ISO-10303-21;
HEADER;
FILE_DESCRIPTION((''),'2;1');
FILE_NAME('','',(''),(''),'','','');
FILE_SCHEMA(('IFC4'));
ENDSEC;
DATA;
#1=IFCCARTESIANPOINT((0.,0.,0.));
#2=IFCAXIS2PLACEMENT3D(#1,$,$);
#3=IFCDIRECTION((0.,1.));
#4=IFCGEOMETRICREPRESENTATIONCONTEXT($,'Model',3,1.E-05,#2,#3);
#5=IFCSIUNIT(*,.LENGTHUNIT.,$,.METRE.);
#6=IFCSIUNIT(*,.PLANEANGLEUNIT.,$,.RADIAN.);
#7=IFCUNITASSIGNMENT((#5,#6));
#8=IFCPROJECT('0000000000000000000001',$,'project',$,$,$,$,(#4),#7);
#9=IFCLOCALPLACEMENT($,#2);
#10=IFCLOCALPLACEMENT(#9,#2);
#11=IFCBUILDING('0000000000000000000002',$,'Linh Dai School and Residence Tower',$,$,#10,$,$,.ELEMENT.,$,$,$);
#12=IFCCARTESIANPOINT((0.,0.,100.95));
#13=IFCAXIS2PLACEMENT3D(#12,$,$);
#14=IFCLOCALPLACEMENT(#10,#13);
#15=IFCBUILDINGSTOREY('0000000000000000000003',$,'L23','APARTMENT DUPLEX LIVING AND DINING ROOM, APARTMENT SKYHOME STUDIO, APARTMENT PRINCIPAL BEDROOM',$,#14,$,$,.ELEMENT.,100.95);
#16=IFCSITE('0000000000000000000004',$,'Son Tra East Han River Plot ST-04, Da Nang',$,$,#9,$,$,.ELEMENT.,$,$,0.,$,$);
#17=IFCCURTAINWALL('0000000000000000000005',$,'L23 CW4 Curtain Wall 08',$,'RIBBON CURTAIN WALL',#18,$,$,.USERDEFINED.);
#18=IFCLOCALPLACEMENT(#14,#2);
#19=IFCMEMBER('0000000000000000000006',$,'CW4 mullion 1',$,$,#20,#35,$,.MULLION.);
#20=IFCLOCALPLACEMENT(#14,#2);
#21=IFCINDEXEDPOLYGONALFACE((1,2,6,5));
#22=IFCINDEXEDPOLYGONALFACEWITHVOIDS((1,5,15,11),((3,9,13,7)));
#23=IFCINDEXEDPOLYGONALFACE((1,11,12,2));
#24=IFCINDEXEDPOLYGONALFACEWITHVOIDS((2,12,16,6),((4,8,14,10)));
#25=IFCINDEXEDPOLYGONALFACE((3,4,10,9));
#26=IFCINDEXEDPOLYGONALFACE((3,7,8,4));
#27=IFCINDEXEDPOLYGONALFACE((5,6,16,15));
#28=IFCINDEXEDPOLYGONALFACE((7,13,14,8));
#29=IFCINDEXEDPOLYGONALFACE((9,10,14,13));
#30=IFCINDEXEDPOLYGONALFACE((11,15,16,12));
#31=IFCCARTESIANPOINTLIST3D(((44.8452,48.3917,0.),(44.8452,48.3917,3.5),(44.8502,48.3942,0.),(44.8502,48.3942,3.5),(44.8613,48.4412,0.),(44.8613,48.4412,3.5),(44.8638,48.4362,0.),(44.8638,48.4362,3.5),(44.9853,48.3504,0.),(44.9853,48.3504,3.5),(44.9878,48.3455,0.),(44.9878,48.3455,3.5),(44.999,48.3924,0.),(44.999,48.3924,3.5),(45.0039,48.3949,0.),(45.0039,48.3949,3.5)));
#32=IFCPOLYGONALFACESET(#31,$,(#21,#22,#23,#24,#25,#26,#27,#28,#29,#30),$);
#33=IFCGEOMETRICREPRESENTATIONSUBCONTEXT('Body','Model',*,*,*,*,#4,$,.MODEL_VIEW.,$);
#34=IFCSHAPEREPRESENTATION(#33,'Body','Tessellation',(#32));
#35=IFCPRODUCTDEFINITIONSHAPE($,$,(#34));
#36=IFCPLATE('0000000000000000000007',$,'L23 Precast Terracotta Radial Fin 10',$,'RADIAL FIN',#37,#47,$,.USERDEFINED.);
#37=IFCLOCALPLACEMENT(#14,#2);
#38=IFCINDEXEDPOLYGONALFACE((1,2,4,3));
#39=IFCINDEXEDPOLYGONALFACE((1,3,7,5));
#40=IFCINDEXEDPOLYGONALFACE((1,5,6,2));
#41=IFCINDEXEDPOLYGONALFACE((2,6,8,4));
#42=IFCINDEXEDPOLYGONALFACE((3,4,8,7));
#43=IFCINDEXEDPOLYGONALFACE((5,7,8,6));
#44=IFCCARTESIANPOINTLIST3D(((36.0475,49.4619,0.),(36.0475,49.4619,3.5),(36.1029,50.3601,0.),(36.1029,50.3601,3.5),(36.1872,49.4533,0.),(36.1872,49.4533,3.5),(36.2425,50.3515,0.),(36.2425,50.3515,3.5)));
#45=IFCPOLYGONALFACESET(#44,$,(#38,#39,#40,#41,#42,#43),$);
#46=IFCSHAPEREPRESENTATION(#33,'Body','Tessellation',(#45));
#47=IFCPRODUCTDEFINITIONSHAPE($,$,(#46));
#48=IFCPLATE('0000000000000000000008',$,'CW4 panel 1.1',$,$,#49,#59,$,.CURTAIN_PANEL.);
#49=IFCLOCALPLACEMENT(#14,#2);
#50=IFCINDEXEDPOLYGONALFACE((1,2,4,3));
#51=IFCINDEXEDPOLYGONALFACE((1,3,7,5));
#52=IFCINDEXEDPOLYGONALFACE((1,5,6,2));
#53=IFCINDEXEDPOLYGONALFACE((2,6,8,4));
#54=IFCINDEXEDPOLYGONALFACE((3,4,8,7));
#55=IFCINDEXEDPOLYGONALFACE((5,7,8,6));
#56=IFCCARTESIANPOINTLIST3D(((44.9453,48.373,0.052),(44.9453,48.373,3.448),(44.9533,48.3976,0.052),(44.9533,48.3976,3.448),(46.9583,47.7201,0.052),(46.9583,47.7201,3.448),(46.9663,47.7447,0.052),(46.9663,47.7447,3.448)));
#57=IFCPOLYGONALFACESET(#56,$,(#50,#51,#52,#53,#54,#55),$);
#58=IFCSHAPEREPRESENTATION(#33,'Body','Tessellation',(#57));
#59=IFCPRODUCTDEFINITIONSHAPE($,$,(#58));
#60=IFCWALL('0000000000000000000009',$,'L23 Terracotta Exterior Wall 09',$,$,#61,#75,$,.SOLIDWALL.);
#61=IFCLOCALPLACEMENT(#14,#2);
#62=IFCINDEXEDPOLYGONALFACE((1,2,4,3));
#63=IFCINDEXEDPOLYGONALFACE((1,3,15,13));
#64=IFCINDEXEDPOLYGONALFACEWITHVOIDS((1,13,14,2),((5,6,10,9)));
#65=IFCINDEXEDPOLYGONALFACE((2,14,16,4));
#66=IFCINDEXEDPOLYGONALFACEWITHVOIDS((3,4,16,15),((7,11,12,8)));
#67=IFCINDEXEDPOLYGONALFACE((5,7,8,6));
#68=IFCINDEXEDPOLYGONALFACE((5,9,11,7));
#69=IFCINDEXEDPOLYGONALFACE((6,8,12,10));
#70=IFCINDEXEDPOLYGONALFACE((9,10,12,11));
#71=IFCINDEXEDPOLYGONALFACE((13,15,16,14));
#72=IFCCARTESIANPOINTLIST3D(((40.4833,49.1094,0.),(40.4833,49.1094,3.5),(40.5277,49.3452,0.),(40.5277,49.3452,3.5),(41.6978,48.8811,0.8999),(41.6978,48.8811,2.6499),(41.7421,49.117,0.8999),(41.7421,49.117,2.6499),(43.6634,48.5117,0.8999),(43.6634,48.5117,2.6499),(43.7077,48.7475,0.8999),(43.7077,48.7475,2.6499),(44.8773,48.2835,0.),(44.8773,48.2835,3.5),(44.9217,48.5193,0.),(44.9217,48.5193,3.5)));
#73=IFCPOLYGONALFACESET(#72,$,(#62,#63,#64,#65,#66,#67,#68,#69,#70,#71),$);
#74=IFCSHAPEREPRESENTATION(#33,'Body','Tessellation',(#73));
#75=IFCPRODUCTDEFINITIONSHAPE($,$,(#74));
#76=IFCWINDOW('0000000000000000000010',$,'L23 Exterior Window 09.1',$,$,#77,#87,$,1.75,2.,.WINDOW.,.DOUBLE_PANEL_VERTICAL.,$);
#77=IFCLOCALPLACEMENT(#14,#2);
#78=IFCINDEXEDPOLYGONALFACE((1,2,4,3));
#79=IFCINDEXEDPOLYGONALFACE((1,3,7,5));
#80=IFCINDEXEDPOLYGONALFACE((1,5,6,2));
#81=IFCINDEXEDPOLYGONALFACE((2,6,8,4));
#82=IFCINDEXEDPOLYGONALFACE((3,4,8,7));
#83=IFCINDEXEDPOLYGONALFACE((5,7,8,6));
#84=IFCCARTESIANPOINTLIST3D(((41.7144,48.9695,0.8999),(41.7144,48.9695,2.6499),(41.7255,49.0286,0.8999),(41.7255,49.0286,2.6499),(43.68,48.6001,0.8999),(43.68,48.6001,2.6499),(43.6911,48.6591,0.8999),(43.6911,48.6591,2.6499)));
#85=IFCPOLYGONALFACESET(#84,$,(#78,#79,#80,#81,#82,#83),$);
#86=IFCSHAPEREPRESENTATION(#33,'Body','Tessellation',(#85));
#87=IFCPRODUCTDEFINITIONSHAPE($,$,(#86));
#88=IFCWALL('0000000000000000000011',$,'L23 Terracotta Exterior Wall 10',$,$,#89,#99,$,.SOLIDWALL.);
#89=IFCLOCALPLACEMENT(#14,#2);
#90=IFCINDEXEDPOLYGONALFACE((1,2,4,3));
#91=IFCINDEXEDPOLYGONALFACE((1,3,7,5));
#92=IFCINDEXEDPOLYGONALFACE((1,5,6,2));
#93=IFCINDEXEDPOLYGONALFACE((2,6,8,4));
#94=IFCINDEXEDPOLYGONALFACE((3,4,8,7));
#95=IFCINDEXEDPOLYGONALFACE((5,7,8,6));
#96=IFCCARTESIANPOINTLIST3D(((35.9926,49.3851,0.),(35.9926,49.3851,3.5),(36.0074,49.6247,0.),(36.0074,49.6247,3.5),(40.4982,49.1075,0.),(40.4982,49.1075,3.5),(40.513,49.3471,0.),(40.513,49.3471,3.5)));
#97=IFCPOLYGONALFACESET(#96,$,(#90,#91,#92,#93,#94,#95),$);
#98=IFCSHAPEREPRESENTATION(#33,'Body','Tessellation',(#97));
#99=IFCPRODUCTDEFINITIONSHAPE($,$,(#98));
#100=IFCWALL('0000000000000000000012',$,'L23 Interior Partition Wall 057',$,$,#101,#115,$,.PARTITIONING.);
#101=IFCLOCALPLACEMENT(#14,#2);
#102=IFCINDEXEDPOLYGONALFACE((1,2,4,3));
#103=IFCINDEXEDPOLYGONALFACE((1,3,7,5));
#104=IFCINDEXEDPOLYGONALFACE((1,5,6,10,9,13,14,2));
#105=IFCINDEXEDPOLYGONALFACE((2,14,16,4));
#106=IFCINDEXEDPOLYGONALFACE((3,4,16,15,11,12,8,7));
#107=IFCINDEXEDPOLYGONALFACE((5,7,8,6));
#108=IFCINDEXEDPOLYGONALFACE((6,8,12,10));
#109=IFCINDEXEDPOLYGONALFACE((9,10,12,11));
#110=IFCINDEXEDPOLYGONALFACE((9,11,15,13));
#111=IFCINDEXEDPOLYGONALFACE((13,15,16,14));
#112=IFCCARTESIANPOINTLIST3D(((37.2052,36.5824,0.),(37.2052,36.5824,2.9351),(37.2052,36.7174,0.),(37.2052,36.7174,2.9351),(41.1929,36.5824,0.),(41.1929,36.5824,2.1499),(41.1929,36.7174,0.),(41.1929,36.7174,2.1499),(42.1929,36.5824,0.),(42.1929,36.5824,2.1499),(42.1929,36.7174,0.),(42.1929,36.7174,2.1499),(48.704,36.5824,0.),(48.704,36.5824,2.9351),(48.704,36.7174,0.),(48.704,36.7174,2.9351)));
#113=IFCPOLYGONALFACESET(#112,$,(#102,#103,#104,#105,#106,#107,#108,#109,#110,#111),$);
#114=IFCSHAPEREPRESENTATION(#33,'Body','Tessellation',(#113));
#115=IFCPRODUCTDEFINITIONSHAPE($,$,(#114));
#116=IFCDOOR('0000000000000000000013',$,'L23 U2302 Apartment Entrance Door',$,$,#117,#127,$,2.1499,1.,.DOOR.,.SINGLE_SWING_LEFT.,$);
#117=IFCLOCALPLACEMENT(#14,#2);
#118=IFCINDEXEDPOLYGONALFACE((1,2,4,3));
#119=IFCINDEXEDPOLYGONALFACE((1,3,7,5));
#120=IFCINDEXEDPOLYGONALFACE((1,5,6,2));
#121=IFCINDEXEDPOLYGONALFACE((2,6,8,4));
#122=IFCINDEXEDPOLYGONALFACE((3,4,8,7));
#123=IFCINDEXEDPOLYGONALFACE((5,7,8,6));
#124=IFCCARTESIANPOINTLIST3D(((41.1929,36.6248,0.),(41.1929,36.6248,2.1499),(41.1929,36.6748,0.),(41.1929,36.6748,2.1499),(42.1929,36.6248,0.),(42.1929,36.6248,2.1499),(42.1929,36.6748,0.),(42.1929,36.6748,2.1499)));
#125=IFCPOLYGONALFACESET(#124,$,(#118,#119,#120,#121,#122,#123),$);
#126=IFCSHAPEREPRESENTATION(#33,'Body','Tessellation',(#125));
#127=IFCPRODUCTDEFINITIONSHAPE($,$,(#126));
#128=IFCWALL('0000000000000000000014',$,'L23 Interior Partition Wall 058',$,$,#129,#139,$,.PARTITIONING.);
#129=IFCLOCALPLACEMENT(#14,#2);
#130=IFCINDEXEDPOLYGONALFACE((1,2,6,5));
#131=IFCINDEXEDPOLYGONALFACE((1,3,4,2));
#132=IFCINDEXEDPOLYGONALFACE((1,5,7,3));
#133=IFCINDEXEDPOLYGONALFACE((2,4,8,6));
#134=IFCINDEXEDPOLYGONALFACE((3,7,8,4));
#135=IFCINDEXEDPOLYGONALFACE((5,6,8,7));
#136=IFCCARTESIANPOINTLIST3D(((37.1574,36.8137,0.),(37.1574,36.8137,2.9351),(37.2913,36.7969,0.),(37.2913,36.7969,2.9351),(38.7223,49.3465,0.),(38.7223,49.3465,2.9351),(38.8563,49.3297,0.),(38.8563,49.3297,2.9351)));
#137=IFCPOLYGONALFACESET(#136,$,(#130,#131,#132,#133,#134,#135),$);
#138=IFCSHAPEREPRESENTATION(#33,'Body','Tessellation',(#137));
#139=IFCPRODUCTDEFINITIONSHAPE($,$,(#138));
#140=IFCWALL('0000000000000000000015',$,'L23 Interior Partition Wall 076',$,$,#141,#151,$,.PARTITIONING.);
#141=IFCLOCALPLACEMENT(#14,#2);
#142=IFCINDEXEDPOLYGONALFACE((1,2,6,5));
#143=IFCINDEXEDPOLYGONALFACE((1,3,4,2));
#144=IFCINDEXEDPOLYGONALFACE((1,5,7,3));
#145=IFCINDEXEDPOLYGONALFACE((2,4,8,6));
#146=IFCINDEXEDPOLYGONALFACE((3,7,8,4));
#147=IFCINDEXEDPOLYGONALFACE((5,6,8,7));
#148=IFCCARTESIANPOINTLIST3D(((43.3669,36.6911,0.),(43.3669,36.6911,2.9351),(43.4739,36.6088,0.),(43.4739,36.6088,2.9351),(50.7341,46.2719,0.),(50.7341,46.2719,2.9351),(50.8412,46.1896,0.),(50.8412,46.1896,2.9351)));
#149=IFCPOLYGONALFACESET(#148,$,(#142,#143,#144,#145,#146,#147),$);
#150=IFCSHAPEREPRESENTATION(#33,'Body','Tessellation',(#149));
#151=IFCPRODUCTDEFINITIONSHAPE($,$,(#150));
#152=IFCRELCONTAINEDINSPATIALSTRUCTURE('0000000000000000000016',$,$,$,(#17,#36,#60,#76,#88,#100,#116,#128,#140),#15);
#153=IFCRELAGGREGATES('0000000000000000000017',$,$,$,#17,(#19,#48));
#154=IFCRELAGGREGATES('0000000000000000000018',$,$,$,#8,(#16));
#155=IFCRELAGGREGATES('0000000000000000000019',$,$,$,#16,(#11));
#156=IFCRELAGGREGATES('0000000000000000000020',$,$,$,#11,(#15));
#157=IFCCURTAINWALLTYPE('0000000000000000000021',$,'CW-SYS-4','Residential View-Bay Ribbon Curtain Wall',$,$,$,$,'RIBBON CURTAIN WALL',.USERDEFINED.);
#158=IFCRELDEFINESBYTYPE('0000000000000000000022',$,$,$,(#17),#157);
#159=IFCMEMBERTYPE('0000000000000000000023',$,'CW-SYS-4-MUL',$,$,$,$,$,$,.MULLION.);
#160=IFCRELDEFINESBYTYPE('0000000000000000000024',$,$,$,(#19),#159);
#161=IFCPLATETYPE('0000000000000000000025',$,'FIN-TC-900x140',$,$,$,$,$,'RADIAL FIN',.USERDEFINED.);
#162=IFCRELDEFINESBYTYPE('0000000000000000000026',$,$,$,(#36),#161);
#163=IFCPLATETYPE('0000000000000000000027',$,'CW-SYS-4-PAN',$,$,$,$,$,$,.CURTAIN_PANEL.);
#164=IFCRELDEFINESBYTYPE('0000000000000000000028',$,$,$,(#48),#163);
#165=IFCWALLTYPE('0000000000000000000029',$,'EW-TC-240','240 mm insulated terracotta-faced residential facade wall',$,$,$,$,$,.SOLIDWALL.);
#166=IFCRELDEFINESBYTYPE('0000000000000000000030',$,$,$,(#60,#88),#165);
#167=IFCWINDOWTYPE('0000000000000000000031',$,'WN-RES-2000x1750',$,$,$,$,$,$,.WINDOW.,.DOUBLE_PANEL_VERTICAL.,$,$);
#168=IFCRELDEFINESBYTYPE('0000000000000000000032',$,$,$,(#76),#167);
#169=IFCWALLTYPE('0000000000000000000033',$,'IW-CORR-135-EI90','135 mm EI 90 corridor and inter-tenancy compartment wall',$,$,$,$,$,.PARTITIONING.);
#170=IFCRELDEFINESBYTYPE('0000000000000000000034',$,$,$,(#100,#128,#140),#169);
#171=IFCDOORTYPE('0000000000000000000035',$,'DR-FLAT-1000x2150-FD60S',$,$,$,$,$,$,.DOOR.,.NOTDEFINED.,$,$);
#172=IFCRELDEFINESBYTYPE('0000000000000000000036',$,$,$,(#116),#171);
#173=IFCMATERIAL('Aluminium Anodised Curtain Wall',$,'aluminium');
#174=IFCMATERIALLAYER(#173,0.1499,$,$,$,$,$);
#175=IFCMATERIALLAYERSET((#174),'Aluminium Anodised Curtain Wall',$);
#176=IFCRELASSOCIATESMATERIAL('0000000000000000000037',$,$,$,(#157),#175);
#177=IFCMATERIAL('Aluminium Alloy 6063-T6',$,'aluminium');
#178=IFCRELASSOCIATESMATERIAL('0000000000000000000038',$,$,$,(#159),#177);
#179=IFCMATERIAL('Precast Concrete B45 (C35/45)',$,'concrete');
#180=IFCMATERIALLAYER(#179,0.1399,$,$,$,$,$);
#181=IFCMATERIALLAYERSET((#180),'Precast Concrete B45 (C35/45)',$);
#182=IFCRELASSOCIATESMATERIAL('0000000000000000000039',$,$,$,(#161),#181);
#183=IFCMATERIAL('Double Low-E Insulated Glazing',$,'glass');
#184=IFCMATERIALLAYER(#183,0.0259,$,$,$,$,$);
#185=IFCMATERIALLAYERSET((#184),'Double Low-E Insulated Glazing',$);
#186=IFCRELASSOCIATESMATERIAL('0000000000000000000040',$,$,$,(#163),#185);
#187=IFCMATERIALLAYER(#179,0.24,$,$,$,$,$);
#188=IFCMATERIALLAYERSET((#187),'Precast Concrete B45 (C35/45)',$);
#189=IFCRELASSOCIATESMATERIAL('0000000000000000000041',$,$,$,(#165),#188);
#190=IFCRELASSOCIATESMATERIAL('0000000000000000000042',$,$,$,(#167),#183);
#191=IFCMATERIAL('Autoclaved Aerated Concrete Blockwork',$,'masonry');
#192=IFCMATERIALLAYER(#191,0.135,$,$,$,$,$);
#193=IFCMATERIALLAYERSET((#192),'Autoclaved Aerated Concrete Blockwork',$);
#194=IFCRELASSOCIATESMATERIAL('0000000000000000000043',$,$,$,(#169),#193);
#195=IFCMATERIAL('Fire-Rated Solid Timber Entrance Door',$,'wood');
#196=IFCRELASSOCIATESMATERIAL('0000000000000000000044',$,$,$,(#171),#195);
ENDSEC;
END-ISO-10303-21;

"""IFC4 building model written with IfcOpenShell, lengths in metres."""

from ifc_helpers import new_model, si_unit, direction, frame, frame_2d, origin, origin_2d, place, context, subcontext, project, spatial, rectangle, hollow_rectangle, extrude, source, transform, mapped, material, layer, layer_set, material_profile, profile_set, type_object, element, fill, aggregate, save


model = new_model("IFC4")

# Units and contexts
model_context = context("Model", 3, precision=1e-05, world=origin(), true_north=direction((0.0, 1.0)))
body_context = subcontext(model_context, "Body", "Model", "MODEL_VIEW")
ifc_project = project(units=[si_unit("LENGTHUNIT", "METRE"), si_unit("PLANEANGLEUNIT", "RADIAN")], contexts=[model_context])

# Site, building, storey
site_placement = place(None, origin())
site = spatial("IfcSite", under=ifc_project, at=site_placement, Name="Son Tra East Han River Plot ST-04, Da Nang", CompositionType="ELEMENT", RefElevation=0.0)
building_placement = place(site_placement, origin())
building = spatial("IfcBuilding", under=site, at=building_placement, Name="Linh Dai School and Residence Tower", CompositionType="ELEMENT")
storey_placement = place(building_placement, frame((0.0, 0.0, 100.95)))
storey = spatial("IfcBuildingStorey", under=building, at=storey_placement, Name="L23", Description="APARTMENT DUPLEX LIVING AND DINING ROOM, APARTMENT SKYHOME STUDIO, APARTMENT PRINCIPAL BEDROOM", CompositionType="ELEMENT", Elevation=100.95)

# Curtain wall, member
ifc_material_1 = material(Name="Aluminium Anodised Curtain Wall", Category="aluminium")
ifc_layer_1 = layer(ifc_material_1, 0.1499)
ifc_layer_set_1 = layer_set([ifc_layer_1], Name="Aluminium Anodised Curtain Wall")
curtain_wall_type = type_object("IfcCurtainWallType", Name="CW-SYS-4", Description="Residential View-Bay Ribbon Curtain Wall", ElementType="RIBBON CURTAIN WALL", PredefinedType="USERDEFINED", material=ifc_layer_set_1)
curtain_wall_placement = place(storey_placement, origin())
curtain_wall = element("IfcCurtainWall", 1, at=curtain_wall_placement, inside=storey, type_object=curtain_wall_type, Name="L23 CW4 Curtain Wall 08", ObjectType="RIBBON CURTAIN WALL", PredefinedType="USERDEFINED")
ifc_material_2 = material(Name="Aluminium Alloy 6063-T6", Category="aluminium")
ifc_material_profile_1 = material_profile(ifc_material_2, hollow_rectangle(XDim=0.052, YDim=0.1499, WallThickness=0.0039, at=origin_2d()), Name="RHS 150x52x4")
ifc_profile_set_1 = profile_set([ifc_material_profile_1], Name="Aluminium Alloy 6063-T6")
member_type_1 = type_object("IfcMemberType", Name="CW-SYS-4-MUL", PredefinedType="MULLION", material=ifc_profile_set_1)
shared_shape_1 = source(origin(), body_context, "Body", "SweptSolid", [
    extrude(hollow_rectangle(XDim=0.052, YDim=0.1499, WallThickness=0.0039, at=origin_2d()), origin(), (0.0, 0.0, 1.0), 3.5),
])
member_1_placement = place(storey_placement, frame((44.9246, 48.3933, 0.0), z_axis=(0.0, 0.0, 1.0), x_axis=(0.308522, 0.951217, 0.0)))
member_1 = element("IfcMember", 2, at=member_1_placement, type_object=member_type_1, Name="CW4 mullion 1", PredefinedType="MULLION", context=body_context, shape_type="MappedRepresentation", body=[
    mapped(shared_shape_1, transform((0.0, 0.0, 0.0), x_axis=(1.0, 0.0, 0.0), y_axis=(0.0, 1.0, 0.0), z_axis=(0.0, 0.0, 1.0), scale=1.0)),
])

# Plates
ifc_material_3 = material(Name="Precast Concrete B45 (C35/45)", Category="concrete")
ifc_layer_2 = layer(ifc_material_3, 0.1399)
ifc_layer_set_2 = layer_set([ifc_layer_2], Name="Precast Concrete B45 (C35/45)")
plate_type_1 = type_object("IfcPlateType", Name="FIN-TC-900x140", ElementType="RADIAL FIN", PredefinedType="USERDEFINED", material=ifc_layer_set_2)
shared_shape_2 = source(origin(), body_context, "Body", "SweptSolid", [
    extrude(rectangle(XDim=0.8999, YDim=0.1399, at=origin_2d()), origin(), (0.0, 0.0, 1.0), 3.5),
])
plate_1_placement = place(storey_placement, frame((36.145, 49.9067, 0.0), z_axis=(0.0, 0.0, 1.0), x_axis=(0.061509, 0.998107, 0.0)))
element("IfcPlate", 3, at=plate_1_placement, inside=storey, type_object=plate_type_1, Name="L23 Precast Terracotta Radial Fin 10", ObjectType="RADIAL FIN", PredefinedType="USERDEFINED", context=body_context, shape_type="MappedRepresentation", body=[
    mapped(shared_shape_2, transform((0.0, 0.0, 0.0), x_axis=(1.0, 0.0, 0.0), y_axis=(0.0, 1.0, 0.0), z_axis=(0.0, 0.0, 1.0), scale=1.0)),
])
ifc_material_4 = material(Name="Double Low-E Insulated Glazing", Category="glass")
ifc_layer_3 = layer(ifc_material_4, 0.0259)
ifc_layer_set_3 = layer_set([ifc_layer_3], Name="Double Low-E Insulated Glazing")
plate_type_2 = type_object("IfcPlateType", Name="CW-SYS-4-PAN", PredefinedType="CURTAIN_PANEL", material=ifc_layer_set_3)
shared_shape_3 = source(origin(), body_context, "Body", "SweptSolid", [
    extrude(rectangle(XDim=2.1162, YDim=0.0259, at=origin_2d()), origin(), (0.0, 0.0, 1.0), 3.396),
])
plate_2_placement = place(storey_placement, frame((45.9558, 48.0588, 0.052), z_axis=(0.0, 0.0, 1.0), x_axis=(0.951217, -0.308522, 0.0)))
plate_2 = element("IfcPlate", 4, at=plate_2_placement, type_object=plate_type_2, Name="CW4 panel 1.1", PredefinedType="CURTAIN_PANEL", context=body_context, shape_type="MappedRepresentation", body=[
    mapped(shared_shape_3, transform((0.0, 0.0, 0.0), x_axis=(1.0, 0.0, 0.0), y_axis=(0.0, 1.0, 0.0), z_axis=(0.0, 0.0, 1.0), scale=1.0)),
])
aggregate(curtain_wall, [member_1, plate_2])

# Wall, opening, window
ifc_layer_4 = layer(ifc_material_3, 0.24)
ifc_layer_set_4 = layer_set([ifc_layer_4], Name="Precast Concrete B45 (C35/45)")
wall_type_1 = type_object("IfcWallType", Name="EW-TC-240", Description="240 mm insulated terracotta-faced residential facade wall", PredefinedType="SOLIDWALL", material=ifc_layer_set_4)
wall_1_placement = place(storey_placement, frame((40.5056, 49.2273, 0.0), z_axis=(0.0, 0.0, 1.0), x_axis=(0.982789, -0.18473, 0.0)))
wall_1 = element("IfcWall", 5, at=wall_1_placement, inside=storey, type_object=wall_type_1, Name="L23 Terracotta Exterior Wall 09", PredefinedType="SOLIDWALL", context=body_context, shape_type="SweptSolid", body=[
    extrude(rectangle(XDim=4.4709, YDim=0.24, at=frame_2d((2.2354, 0.0))), origin(), (0.0, 0.0, 1.0), 3.5),
])
opening_1_placement = place(wall_1_placement, frame((1.2356, 0.0, 0.8999)))
opening_1 = element("IfcOpeningElement", 6, at=opening_1_placement, cuts=wall_1, PredefinedType="OPENING", context=body_context, shape_type="SweptSolid", body=[
    extrude(rectangle(XDim=2.0, YDim=1.75, at=origin_2d()), frame((1.0, 0.1299, 0.875), z_axis=(0.0, -1.0, 0.0), x_axis=(1.0, 0.0, 0.0)), (0.0, 0.0, 1.0), 0.26),
])
window_type = type_object("IfcWindowType", Name="WN-RES-2000x1750", PartitioningType="DOUBLE_PANEL_VERTICAL", PredefinedType="WINDOW", material=ifc_material_4)
shared_shape_4 = source(origin(), body_context, "Body", "SweptSolid", [
    extrude(rectangle(XDim=2.0, YDim=1.75, at=origin_2d()), frame((1.0, 0.03, 0.875), z_axis=(0.0, -1.0, 0.0), x_axis=(1.0, 0.0, 0.0)), (0.0, 0.0, 1.0), 0.0601),
])
window_placement = place(opening_1_placement, origin())
window = element("IfcWindow", 7, at=window_placement, inside=storey, type_object=window_type, Name="L23 Exterior Window 09.1", OverallHeight=1.75, OverallWidth=2.0, PartitioningType="DOUBLE_PANEL_VERTICAL", PredefinedType="WINDOW", context=body_context, shape_type="MappedRepresentation", body=[
    mapped(shared_shape_4, transform((0.0, 0.0, 0.0), x_axis=(1.0, 0.0, 0.0), y_axis=(0.0, 1.0, 0.0), z_axis=(0.0, 0.0, 1.0), scale=1.0)),
])
fill(opening_1, window)

# Wall
wall_2_placement = place(storey_placement, frame((36.0, 49.5049, 0.0), z_axis=(0.0, 0.0, 1.0), x_axis=(0.998108, -0.061493, 0.0)))
element("IfcWall", 8, at=wall_2_placement, inside=storey, type_object=wall_type_1, Name="L23 Terracotta Exterior Wall 10", PredefinedType="SOLIDWALL", context=body_context, shape_type="SweptSolid", body=[
    extrude(rectangle(XDim=4.5142, YDim=0.24, at=frame_2d((2.2571, 0.0))), origin(), (0.0, 0.0, 1.0), 3.5),
])

# Wall, opening, door
ifc_material_5 = material(Name="Autoclaved Aerated Concrete Blockwork", Category="masonry")
ifc_layer_5 = layer(ifc_material_5, 0.135)
ifc_layer_set_5 = layer_set([ifc_layer_5], Name="Autoclaved Aerated Concrete Blockwork")
wall_type_2 = type_object("IfcWallType", Name="IW-CORR-135-EI90", Description="135 mm EI 90 corridor and inter-tenancy compartment wall", PredefinedType="PARTITIONING", material=ifc_layer_set_5)
wall_3_placement = place(storey_placement, frame((37.2051, 36.6499, 0.0), z_axis=(0.0, 0.0, 1.0), x_axis=(1.0, 0.0, 0.0)))
wall_3 = element("IfcWall", 9, at=wall_3_placement, inside=storey, type_object=wall_type_2, Name="L23 Interior Partition Wall 057", PredefinedType="PARTITIONING", context=body_context, shape_type="SweptSolid", body=[
    extrude(rectangle(XDim=11.4988, YDim=0.135, at=frame_2d((5.7495, 0.0))), origin(), (0.0, 0.0, 1.0), 2.9351),
])
opening_2_placement = place(wall_3_placement, frame((3.9878, 0.0, 0.0)))
opening_2 = element("IfcOpeningElement", 10, at=opening_2_placement, cuts=wall_3, PredefinedType="OPENING", context=body_context, shape_type="SweptSolid", body=[
    extrude(rectangle(XDim=1.0, YDim=2.1499, at=origin_2d()), frame((0.5, 0.0776, 1.075), z_axis=(0.0, -1.0, 0.0), x_axis=(1.0, 0.0, 0.0)), (0.0, 0.0, 1.0), 0.155),
])
ifc_material_6 = material(Name="Fire-Rated Solid Timber Entrance Door", Category="wood")
door_type_1 = type_object("IfcDoorType", Name="DR-FLAT-1000x2150-FD60S", OperationType="NOTDEFINED", PredefinedType="DOOR", material=ifc_material_6)
shared_shape_5 = source(origin(), body_context, "Body", "SweptSolid", [
    extrude(rectangle(XDim=1.0, YDim=2.1499, at=origin_2d()), frame((0.5, 0.0249, 1.075), z_axis=(0.0, -1.0, 0.0), x_axis=(1.0, 0.0, 0.0)), (0.0, 0.0, 1.0), 0.05),
])
door_1_placement = place(opening_2_placement, origin())
door_1 = element("IfcDoor", 11, at=door_1_placement, inside=storey, type_object=door_type_1, Name="L23 U2302 Apartment Entrance Door", OperationType="SINGLE_SWING_LEFT", OverallHeight=2.1499, OverallWidth=1.0, PredefinedType="DOOR", context=body_context, shape_type="MappedRepresentation", body=[
    mapped(shared_shape_5, transform((0.0, 0.0, 0.0), x_axis=(1.0, 0.0, 0.0), y_axis=(0.0, 1.0, 0.0), z_axis=(0.0, 0.0, 1.0), scale=1.0)),
])
fill(opening_2, door_1)

# Walls
wall_4_placement = place(storey_placement, frame((37.2244, 36.8054, 0.0), z_axis=(0.0, 0.0, 1.0), x_axis=(0.123906, 0.992294, 0.0)))
element("IfcWall", 12, at=wall_4_placement, inside=storey, type_object=wall_type_2, Name="L23 Interior Partition Wall 058", PredefinedType="PARTITIONING", context=body_context, shape_type="SweptSolid", body=[
    extrude(rectangle(XDim=12.6301, YDim=0.135, at=frame_2d((6.3149, 0.0))), origin(), (0.0, 0.0, 1.0), 2.9351),
])
wall_5_placement = place(storey_placement, frame((43.4204, 36.6499, 0.0), z_axis=(0.0, 0.0, 1.0), x_axis=(0.609572, 0.792731, 0.0)))
element("IfcWall", 13, at=wall_5_placement, inside=storey, type_object=wall_type_2, Name="L23 Interior Partition Wall 076", PredefinedType="PARTITIONING", context=body_context, shape_type="SweptSolid", body=[
    extrude(rectangle(XDim=12.0859, YDim=0.135, at=frame_2d((6.043, 0.0))), origin(), (0.0, 0.0, 1.0), 2.9351),
])

save(model, "model.ifc")
